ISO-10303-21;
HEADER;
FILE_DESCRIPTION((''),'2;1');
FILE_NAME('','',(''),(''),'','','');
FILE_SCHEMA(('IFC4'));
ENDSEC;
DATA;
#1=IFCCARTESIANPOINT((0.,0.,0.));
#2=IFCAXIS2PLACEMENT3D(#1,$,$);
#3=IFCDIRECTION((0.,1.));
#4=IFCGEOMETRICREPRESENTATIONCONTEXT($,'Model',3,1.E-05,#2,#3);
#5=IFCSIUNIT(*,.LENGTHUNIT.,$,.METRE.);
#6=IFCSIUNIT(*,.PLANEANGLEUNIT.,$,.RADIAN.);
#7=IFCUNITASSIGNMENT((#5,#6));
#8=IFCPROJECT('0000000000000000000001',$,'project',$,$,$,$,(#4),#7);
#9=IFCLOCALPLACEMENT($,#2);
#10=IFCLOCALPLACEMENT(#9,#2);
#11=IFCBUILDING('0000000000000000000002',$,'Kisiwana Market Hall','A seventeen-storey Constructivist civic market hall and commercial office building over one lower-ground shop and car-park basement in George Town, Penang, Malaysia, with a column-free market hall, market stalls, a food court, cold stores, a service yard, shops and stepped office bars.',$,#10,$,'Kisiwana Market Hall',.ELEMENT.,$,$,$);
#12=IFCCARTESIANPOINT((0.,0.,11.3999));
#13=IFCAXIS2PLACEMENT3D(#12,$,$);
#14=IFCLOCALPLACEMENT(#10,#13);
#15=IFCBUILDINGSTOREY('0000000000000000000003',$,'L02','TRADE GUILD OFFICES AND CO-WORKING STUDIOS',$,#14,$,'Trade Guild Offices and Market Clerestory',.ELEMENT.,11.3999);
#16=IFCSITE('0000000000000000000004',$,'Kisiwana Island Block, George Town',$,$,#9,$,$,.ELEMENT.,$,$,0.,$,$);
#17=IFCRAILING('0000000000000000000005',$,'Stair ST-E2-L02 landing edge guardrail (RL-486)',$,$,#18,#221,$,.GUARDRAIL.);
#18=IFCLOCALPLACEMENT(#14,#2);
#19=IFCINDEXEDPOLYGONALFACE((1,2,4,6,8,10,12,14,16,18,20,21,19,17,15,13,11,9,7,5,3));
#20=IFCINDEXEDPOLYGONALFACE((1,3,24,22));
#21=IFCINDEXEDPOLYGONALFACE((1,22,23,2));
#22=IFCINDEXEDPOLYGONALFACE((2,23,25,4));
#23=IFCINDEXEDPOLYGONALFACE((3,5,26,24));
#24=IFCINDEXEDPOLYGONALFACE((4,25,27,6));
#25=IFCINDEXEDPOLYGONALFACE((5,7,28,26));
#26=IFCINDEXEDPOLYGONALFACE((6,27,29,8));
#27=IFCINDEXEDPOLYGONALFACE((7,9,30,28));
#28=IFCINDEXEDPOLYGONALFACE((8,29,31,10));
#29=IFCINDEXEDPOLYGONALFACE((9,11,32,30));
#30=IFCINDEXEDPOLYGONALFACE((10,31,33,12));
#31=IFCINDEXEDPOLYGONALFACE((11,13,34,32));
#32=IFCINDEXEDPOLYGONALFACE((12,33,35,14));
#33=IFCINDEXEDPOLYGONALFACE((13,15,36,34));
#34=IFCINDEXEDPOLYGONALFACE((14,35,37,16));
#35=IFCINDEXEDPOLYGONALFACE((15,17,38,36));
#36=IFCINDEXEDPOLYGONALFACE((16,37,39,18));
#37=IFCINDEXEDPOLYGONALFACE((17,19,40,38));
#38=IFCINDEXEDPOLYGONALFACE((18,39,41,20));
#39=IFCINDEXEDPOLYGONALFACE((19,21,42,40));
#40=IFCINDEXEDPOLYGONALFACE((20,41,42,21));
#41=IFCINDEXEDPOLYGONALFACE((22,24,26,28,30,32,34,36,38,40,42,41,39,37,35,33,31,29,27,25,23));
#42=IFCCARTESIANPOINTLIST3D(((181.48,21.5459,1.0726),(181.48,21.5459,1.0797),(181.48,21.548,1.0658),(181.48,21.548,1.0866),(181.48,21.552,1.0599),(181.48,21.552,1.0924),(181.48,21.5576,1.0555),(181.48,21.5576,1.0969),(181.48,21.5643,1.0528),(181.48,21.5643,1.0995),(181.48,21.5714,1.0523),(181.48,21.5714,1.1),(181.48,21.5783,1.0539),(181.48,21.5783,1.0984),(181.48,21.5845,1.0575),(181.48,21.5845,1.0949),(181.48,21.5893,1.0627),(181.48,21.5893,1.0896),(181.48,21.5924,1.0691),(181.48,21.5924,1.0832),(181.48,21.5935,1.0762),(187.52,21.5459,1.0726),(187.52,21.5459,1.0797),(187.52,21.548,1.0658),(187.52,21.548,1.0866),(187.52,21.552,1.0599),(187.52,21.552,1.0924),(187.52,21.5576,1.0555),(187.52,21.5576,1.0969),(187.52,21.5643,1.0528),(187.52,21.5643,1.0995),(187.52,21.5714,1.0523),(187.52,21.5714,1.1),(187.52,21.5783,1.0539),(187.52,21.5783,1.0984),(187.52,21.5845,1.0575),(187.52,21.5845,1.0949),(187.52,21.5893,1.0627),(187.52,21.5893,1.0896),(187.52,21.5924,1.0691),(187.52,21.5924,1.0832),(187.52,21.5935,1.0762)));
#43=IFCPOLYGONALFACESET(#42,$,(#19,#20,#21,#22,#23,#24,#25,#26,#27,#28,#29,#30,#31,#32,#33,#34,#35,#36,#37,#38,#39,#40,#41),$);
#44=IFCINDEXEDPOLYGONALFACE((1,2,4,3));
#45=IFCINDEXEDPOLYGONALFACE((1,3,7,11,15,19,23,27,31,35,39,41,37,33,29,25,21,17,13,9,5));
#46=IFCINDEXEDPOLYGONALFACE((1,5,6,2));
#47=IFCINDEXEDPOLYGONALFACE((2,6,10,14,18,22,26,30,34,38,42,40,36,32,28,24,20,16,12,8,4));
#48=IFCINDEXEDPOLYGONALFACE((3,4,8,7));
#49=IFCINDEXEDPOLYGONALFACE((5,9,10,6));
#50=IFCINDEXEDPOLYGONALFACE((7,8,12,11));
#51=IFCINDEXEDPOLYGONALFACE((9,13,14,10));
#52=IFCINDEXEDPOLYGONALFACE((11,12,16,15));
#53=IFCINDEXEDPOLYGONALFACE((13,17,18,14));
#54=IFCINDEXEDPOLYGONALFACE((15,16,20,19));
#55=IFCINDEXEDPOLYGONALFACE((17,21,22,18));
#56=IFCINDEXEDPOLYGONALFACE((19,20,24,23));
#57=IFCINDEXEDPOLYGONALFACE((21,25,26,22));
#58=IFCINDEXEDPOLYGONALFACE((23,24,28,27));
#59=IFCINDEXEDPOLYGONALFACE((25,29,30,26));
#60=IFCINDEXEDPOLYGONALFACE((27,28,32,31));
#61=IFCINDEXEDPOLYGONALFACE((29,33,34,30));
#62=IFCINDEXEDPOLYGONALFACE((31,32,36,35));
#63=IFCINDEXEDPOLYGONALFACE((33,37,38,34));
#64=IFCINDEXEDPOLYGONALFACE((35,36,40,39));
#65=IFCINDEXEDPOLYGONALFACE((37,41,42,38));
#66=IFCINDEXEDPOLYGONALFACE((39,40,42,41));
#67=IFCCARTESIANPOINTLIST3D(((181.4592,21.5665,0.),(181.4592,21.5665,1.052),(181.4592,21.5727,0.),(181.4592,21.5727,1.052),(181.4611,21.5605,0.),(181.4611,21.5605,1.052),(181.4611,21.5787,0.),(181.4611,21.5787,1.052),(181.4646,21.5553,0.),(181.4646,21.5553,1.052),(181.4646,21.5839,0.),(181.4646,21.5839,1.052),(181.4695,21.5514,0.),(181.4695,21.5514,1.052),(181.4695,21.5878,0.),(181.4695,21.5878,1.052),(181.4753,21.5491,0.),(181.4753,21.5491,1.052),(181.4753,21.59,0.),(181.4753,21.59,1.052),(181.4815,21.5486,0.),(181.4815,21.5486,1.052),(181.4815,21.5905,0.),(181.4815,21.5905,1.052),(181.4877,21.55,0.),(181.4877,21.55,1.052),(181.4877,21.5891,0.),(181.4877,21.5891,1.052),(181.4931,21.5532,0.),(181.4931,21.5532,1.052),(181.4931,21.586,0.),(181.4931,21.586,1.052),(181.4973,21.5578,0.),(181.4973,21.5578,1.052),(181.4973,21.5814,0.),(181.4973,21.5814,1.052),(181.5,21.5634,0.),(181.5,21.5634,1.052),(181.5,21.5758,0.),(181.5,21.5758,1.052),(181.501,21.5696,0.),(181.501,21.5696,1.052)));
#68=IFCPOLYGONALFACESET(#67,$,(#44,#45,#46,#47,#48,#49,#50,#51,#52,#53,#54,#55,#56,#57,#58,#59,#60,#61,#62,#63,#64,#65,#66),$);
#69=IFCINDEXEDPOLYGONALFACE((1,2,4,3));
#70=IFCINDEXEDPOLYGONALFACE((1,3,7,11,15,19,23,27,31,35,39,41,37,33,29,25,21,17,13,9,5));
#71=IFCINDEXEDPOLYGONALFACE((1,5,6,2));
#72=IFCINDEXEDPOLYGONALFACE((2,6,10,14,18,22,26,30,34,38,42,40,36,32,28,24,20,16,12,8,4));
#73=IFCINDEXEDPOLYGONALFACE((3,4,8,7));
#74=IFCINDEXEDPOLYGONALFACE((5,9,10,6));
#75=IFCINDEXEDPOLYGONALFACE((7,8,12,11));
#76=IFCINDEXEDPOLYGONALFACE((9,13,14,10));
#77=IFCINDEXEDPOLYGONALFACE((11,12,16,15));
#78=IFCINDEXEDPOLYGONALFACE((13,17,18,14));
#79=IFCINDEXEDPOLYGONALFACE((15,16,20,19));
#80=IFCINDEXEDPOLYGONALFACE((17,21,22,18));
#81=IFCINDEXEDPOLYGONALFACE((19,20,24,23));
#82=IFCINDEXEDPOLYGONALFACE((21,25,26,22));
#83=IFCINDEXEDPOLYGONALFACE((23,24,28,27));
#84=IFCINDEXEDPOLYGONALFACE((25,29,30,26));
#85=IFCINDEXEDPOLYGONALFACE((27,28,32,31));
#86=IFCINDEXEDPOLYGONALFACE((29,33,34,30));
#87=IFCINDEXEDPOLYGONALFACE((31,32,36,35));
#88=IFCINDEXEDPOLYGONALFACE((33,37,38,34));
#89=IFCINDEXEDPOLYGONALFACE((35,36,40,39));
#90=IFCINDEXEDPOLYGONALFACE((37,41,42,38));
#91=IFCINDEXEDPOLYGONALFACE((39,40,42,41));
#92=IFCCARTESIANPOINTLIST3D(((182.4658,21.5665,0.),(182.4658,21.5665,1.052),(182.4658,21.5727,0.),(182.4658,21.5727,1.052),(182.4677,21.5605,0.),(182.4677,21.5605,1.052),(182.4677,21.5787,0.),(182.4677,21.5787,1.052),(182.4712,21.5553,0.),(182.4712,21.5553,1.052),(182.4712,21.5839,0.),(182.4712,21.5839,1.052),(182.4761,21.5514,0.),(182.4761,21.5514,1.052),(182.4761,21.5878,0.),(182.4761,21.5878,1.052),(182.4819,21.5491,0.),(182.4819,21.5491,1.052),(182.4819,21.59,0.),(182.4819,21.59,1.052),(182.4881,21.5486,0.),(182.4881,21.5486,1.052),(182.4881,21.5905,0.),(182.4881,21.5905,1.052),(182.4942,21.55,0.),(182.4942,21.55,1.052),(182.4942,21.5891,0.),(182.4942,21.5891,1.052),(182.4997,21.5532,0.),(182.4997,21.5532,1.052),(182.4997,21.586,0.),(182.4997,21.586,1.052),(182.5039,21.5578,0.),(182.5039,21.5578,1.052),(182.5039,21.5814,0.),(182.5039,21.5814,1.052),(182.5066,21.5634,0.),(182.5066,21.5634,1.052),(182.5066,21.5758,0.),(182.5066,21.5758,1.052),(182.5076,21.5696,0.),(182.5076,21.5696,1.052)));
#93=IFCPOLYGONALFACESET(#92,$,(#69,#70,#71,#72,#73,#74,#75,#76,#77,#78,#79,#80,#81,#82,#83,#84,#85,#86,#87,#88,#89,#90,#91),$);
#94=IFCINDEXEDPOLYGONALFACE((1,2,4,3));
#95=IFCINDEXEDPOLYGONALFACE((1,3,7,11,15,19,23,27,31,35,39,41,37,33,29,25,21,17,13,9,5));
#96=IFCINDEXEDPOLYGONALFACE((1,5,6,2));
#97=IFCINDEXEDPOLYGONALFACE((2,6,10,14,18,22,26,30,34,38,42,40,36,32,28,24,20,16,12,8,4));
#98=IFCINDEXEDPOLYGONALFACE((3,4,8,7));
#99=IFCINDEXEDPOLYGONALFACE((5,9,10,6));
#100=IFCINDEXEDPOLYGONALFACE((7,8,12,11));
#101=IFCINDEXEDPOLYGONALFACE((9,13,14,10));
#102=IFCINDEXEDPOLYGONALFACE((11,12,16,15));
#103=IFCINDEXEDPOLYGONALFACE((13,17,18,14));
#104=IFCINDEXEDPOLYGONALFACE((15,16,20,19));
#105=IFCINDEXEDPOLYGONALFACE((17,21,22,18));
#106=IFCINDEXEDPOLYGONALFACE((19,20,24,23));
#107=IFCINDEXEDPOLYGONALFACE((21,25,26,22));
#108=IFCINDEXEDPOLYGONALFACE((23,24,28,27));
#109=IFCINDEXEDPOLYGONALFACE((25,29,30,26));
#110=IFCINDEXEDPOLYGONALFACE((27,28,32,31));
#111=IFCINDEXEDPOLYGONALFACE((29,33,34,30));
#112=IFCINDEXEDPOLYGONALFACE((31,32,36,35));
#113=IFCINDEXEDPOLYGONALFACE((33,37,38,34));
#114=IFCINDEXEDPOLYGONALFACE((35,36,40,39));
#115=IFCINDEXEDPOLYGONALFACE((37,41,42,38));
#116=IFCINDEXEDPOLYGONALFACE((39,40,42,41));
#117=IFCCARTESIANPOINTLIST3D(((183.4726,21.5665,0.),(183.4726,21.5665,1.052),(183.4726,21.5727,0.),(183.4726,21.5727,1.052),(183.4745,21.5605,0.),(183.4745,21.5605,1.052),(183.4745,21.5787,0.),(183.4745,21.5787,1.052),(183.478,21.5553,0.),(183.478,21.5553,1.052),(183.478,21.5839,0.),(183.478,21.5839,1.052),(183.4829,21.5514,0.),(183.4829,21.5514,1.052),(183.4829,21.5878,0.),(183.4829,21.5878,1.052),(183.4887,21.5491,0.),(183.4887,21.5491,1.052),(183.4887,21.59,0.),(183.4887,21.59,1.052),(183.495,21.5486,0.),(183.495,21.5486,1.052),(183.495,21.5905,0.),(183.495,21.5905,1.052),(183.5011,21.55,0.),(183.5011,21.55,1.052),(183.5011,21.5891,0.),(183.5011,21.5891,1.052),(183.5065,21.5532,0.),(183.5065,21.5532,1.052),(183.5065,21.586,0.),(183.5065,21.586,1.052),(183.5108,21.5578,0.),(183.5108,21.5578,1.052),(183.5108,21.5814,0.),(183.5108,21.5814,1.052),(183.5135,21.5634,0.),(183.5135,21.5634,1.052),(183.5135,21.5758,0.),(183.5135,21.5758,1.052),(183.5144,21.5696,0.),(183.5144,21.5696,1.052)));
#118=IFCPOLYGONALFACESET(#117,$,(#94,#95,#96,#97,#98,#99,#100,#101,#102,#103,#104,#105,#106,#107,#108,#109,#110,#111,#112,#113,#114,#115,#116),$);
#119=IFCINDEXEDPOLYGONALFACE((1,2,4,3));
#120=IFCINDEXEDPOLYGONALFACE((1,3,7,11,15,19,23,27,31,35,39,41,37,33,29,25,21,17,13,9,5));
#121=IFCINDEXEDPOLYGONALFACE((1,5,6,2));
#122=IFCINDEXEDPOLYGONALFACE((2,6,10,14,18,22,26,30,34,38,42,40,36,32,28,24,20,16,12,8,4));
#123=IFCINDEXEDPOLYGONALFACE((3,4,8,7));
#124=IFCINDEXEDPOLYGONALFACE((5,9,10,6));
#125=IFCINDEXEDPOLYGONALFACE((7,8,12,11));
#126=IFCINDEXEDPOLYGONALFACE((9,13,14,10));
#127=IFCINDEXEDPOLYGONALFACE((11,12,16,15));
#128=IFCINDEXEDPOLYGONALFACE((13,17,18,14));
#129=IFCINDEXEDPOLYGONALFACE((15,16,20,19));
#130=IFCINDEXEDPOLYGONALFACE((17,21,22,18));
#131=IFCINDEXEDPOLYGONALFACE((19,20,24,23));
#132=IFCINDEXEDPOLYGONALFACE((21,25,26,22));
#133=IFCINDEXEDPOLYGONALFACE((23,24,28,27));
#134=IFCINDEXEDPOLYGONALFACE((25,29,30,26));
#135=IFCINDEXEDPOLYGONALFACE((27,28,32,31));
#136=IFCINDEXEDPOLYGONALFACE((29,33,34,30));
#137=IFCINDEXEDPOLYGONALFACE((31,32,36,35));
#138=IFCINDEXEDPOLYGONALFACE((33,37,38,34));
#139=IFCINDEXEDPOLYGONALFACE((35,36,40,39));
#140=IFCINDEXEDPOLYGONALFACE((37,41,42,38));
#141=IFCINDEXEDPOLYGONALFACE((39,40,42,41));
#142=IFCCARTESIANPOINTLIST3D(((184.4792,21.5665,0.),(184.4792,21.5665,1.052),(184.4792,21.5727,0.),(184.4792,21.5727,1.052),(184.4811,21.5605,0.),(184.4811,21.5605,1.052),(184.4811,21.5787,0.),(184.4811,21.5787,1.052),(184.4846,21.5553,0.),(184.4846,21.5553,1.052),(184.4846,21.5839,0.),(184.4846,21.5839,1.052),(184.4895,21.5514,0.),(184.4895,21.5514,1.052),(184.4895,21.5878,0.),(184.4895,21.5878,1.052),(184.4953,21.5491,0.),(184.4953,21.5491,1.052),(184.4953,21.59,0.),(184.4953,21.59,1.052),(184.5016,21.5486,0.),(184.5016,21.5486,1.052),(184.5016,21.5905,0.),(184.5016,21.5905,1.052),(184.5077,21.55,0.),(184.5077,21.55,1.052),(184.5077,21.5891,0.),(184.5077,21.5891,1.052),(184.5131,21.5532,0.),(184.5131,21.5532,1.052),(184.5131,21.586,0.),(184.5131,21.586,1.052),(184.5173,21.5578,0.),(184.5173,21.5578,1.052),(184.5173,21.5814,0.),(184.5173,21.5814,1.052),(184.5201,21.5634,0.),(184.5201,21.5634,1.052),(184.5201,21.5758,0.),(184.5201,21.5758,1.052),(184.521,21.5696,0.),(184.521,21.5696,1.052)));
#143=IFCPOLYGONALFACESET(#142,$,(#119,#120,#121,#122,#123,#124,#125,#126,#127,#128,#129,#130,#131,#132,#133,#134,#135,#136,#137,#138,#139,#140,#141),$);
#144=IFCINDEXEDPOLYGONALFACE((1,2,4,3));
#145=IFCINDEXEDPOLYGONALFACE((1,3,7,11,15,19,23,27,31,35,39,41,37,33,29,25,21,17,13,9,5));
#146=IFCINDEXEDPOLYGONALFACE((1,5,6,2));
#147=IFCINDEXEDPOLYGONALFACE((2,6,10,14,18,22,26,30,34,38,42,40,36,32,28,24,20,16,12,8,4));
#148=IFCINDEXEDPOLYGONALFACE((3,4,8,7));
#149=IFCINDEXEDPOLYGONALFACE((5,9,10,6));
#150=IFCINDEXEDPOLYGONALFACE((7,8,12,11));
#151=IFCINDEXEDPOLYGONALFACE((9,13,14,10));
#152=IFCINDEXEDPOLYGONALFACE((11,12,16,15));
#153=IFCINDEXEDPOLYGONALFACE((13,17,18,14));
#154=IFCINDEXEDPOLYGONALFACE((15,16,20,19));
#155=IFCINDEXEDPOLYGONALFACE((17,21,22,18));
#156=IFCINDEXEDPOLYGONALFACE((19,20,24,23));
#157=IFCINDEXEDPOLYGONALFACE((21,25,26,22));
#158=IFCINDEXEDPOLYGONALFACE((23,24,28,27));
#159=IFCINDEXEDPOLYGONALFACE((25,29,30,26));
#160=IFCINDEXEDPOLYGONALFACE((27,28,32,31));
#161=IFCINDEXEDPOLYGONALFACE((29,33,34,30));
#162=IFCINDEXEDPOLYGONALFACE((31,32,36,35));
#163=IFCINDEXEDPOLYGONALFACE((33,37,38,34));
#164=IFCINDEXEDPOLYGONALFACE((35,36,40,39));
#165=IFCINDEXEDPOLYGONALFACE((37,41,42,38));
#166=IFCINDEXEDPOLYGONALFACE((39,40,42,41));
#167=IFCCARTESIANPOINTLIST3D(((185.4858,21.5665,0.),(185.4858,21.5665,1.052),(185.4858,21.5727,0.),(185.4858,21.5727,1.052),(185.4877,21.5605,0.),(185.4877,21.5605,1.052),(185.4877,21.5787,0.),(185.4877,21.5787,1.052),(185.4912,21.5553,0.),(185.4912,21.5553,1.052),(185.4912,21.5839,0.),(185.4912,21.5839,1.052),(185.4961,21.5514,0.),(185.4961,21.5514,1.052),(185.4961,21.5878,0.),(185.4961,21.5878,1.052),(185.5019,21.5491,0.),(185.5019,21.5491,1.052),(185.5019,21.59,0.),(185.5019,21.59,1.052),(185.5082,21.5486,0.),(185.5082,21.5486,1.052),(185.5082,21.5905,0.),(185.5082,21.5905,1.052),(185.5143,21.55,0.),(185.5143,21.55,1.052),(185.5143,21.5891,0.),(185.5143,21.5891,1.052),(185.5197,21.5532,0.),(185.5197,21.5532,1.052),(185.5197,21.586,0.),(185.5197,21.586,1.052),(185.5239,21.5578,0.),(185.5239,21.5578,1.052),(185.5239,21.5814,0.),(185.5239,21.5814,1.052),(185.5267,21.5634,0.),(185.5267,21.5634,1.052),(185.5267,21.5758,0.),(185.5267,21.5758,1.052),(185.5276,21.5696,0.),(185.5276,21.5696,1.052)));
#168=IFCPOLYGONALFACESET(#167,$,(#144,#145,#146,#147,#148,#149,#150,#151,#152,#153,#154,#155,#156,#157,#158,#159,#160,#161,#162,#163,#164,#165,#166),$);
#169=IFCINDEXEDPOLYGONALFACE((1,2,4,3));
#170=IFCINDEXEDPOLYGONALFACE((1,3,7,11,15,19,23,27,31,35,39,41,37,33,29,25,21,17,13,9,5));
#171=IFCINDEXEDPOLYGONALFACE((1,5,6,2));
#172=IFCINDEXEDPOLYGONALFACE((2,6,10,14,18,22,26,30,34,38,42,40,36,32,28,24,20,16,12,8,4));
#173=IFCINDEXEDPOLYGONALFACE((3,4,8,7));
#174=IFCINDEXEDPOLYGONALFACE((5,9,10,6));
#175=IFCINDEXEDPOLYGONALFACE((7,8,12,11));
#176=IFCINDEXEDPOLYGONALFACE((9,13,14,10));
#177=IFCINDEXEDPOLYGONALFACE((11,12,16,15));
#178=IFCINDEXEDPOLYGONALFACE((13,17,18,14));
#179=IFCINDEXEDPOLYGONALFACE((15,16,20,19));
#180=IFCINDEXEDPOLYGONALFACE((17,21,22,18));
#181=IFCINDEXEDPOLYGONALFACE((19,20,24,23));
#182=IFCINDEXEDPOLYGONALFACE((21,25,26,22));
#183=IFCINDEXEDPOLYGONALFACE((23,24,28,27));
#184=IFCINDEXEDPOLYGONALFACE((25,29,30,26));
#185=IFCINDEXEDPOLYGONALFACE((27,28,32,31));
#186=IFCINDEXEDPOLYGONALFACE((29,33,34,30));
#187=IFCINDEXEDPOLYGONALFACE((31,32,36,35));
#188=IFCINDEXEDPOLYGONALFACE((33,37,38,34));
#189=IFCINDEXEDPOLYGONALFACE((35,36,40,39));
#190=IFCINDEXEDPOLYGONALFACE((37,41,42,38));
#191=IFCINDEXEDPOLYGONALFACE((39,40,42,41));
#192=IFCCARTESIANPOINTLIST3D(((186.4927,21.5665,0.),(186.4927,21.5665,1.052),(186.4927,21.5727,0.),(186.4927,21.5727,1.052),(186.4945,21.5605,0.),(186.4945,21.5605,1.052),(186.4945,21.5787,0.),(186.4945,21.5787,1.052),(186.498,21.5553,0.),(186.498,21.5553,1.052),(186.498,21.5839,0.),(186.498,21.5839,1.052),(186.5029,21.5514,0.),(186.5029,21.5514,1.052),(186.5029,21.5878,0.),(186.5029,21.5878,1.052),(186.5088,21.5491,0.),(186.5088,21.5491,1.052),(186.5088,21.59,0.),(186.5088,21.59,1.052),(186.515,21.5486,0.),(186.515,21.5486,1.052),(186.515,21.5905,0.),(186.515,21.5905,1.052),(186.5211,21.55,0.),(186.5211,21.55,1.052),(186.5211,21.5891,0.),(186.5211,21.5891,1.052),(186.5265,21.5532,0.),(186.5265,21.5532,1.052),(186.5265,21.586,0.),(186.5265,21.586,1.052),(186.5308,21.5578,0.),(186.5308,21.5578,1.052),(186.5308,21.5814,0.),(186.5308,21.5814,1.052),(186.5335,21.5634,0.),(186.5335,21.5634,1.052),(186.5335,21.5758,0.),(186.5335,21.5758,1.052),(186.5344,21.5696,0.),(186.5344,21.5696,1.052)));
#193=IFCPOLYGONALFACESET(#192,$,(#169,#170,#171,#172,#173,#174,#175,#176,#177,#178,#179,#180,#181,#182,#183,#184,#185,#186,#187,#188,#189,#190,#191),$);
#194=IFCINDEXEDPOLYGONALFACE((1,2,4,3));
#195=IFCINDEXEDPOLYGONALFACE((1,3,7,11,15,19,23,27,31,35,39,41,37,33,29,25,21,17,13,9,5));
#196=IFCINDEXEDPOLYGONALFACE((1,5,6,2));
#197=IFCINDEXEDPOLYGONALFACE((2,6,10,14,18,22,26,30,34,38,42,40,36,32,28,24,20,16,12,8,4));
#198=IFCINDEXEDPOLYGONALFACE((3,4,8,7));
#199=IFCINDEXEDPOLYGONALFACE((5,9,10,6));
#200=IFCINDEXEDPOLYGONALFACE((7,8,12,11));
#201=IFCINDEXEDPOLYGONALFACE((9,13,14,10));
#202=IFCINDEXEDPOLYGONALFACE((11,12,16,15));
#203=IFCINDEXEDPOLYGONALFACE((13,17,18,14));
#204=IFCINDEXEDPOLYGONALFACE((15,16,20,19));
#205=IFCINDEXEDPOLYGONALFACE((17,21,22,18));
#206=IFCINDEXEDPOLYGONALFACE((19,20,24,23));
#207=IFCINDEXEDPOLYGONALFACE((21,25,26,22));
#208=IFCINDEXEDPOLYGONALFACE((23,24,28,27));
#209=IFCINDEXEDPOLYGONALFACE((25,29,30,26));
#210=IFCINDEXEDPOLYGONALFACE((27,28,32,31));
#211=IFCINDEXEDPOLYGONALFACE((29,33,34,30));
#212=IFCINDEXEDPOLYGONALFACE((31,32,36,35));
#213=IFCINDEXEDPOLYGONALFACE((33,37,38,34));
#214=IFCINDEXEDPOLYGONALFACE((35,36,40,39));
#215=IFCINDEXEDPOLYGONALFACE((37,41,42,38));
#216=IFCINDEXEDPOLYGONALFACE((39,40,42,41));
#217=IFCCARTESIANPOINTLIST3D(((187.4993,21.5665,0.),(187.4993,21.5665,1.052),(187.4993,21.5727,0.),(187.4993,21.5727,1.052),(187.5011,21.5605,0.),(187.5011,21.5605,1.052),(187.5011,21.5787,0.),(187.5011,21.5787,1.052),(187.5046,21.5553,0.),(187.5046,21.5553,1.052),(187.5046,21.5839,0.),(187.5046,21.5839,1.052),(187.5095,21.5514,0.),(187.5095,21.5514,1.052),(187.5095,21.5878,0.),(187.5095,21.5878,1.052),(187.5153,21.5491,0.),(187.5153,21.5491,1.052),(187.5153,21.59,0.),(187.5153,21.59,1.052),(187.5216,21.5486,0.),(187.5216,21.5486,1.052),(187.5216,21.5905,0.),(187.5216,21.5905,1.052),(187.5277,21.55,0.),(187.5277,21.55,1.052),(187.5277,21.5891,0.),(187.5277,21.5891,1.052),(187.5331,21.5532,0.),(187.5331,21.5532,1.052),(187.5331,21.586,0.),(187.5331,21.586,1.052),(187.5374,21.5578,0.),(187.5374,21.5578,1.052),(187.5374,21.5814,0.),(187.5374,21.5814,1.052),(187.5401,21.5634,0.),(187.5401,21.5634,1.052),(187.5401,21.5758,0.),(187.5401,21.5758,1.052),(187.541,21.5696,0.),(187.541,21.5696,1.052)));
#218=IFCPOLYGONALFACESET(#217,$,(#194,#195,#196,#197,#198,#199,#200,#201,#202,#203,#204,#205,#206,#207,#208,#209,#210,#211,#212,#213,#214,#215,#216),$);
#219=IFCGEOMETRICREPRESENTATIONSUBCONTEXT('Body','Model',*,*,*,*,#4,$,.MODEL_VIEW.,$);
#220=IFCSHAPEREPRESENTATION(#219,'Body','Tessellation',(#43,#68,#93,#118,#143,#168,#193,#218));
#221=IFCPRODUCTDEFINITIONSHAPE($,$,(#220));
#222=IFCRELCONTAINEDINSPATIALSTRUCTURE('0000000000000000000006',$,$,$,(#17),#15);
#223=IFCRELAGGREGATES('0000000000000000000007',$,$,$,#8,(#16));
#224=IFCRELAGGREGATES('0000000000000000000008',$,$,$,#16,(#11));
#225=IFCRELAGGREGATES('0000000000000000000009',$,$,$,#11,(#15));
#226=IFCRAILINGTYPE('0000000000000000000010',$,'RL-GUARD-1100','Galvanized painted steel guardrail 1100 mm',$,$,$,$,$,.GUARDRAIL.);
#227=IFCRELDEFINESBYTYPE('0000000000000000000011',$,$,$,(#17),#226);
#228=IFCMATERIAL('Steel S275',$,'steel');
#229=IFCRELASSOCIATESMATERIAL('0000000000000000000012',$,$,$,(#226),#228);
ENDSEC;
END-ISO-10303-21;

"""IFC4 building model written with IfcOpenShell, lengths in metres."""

from ifc_helpers import new_model, si_unit, direction, frame, origin, origin_2d, place, context, subcontext, project, spatial, circle, extrude, material, type_object, element, save


model = new_model("IFC4")

# Units and contexts
model_context = context("Model", 3, precision=1e-05, world=origin(), true_north=direction((0.0, 1.0)))
body_context = subcontext(model_context, "Body", "Model", "MODEL_VIEW")
ifc_project = project(units=[si_unit("LENGTHUNIT", "METRE"), si_unit("PLANEANGLEUNIT", "RADIAN")], contexts=[model_context])

# Site, building, storey
site_placement = place(None, origin())
site = spatial("IfcSite", under=ifc_project, at=site_placement, Name="Kisiwana Island Block, George Town", CompositionType="ELEMENT", RefElevation=0.0)
building_placement = place(site_placement, origin())
building = spatial("IfcBuilding", under=site, at=building_placement, Name="Kisiwana Market Hall", Description="A seventeen-storey Constructivist civic market hall and commercial office building over one lower-ground shop and car-park basement in George Town, Penang, Malaysia, with a column-free market hall, market stalls, a food court, cold stores, a service yard, shops and stepped office bars.", LongName="Kisiwana Market Hall", CompositionType="ELEMENT")
storey_placement = place(building_placement, frame((0.0, 0.0, 11.3999)))
storey = spatial("IfcBuildingStorey", under=building, at=storey_placement, Name="L02", Description="TRADE GUILD OFFICES AND CO-WORKING STUDIOS", LongName="Trade Guild Offices and Market Clerestory", CompositionType="ELEMENT", Elevation=11.3999)

# Railing
ifc_material_1 = material(Name="Steel S275", Category="steel")
railing_type_1 = type_object("IfcRailingType", Name="RL-GUARD-1100", Description="Galvanized painted steel guardrail 1100 mm", PredefinedType="GUARDRAIL", material=ifc_material_1)
railing_1_placement = place(storey_placement, frame((181.48, 21.5696, 0.0)))
element("IfcRailing", 1, at=railing_1_placement, inside=storey, type_object=railing_type_1, Name="Stair ST-E2-L02 landing edge guardrail (RL-486)", PredefinedType="GUARDRAIL", context=body_context, shape_type="SweptSolid", body=[
    extrude(circle(Radius=0.0239, at=origin_2d()), frame((0.0, 0.0, 1.0762), z_axis=(1.0, 0.0, 0.0), x_axis=(0.0, 1.0, 0.0)), (0.0, 0.0, 1.0), 6.04),
    extrude(circle(Radius=0.021, at=origin_2d()), origin(), (0.0, 0.0, 1.0), 1.052),
    extrude(circle(Radius=0.021, at=origin_2d()), frame((1.0066, 0.0, 0.0)), (0.0, 0.0, 1.0), 1.052),
    extrude(circle(Radius=0.021, at=origin_2d()), frame((2.0134, 0.0, 0.0)), (0.0, 0.0, 1.0), 1.052),
    extrude(circle(Radius=0.021, at=origin_2d()), frame((3.02, 0.0, 0.0)), (0.0, 0.0, 1.0), 1.052),
    extrude(circle(Radius=0.021, at=origin_2d()), frame((4.0266, 0.0, 0.0)), (0.0, 0.0, 1.0), 1.052),
    extrude(circle(Radius=0.021, at=origin_2d()), frame((5.0334, 0.0, 0.0)), (0.0, 0.0, 1.0), 1.052),
    extrude(circle(Radius=0.021, at=origin_2d()), frame((6.04, 0.0, 0.0)), (0.0, 0.0, 1.0), 1.052),
])

save(model, "model.ifc")
